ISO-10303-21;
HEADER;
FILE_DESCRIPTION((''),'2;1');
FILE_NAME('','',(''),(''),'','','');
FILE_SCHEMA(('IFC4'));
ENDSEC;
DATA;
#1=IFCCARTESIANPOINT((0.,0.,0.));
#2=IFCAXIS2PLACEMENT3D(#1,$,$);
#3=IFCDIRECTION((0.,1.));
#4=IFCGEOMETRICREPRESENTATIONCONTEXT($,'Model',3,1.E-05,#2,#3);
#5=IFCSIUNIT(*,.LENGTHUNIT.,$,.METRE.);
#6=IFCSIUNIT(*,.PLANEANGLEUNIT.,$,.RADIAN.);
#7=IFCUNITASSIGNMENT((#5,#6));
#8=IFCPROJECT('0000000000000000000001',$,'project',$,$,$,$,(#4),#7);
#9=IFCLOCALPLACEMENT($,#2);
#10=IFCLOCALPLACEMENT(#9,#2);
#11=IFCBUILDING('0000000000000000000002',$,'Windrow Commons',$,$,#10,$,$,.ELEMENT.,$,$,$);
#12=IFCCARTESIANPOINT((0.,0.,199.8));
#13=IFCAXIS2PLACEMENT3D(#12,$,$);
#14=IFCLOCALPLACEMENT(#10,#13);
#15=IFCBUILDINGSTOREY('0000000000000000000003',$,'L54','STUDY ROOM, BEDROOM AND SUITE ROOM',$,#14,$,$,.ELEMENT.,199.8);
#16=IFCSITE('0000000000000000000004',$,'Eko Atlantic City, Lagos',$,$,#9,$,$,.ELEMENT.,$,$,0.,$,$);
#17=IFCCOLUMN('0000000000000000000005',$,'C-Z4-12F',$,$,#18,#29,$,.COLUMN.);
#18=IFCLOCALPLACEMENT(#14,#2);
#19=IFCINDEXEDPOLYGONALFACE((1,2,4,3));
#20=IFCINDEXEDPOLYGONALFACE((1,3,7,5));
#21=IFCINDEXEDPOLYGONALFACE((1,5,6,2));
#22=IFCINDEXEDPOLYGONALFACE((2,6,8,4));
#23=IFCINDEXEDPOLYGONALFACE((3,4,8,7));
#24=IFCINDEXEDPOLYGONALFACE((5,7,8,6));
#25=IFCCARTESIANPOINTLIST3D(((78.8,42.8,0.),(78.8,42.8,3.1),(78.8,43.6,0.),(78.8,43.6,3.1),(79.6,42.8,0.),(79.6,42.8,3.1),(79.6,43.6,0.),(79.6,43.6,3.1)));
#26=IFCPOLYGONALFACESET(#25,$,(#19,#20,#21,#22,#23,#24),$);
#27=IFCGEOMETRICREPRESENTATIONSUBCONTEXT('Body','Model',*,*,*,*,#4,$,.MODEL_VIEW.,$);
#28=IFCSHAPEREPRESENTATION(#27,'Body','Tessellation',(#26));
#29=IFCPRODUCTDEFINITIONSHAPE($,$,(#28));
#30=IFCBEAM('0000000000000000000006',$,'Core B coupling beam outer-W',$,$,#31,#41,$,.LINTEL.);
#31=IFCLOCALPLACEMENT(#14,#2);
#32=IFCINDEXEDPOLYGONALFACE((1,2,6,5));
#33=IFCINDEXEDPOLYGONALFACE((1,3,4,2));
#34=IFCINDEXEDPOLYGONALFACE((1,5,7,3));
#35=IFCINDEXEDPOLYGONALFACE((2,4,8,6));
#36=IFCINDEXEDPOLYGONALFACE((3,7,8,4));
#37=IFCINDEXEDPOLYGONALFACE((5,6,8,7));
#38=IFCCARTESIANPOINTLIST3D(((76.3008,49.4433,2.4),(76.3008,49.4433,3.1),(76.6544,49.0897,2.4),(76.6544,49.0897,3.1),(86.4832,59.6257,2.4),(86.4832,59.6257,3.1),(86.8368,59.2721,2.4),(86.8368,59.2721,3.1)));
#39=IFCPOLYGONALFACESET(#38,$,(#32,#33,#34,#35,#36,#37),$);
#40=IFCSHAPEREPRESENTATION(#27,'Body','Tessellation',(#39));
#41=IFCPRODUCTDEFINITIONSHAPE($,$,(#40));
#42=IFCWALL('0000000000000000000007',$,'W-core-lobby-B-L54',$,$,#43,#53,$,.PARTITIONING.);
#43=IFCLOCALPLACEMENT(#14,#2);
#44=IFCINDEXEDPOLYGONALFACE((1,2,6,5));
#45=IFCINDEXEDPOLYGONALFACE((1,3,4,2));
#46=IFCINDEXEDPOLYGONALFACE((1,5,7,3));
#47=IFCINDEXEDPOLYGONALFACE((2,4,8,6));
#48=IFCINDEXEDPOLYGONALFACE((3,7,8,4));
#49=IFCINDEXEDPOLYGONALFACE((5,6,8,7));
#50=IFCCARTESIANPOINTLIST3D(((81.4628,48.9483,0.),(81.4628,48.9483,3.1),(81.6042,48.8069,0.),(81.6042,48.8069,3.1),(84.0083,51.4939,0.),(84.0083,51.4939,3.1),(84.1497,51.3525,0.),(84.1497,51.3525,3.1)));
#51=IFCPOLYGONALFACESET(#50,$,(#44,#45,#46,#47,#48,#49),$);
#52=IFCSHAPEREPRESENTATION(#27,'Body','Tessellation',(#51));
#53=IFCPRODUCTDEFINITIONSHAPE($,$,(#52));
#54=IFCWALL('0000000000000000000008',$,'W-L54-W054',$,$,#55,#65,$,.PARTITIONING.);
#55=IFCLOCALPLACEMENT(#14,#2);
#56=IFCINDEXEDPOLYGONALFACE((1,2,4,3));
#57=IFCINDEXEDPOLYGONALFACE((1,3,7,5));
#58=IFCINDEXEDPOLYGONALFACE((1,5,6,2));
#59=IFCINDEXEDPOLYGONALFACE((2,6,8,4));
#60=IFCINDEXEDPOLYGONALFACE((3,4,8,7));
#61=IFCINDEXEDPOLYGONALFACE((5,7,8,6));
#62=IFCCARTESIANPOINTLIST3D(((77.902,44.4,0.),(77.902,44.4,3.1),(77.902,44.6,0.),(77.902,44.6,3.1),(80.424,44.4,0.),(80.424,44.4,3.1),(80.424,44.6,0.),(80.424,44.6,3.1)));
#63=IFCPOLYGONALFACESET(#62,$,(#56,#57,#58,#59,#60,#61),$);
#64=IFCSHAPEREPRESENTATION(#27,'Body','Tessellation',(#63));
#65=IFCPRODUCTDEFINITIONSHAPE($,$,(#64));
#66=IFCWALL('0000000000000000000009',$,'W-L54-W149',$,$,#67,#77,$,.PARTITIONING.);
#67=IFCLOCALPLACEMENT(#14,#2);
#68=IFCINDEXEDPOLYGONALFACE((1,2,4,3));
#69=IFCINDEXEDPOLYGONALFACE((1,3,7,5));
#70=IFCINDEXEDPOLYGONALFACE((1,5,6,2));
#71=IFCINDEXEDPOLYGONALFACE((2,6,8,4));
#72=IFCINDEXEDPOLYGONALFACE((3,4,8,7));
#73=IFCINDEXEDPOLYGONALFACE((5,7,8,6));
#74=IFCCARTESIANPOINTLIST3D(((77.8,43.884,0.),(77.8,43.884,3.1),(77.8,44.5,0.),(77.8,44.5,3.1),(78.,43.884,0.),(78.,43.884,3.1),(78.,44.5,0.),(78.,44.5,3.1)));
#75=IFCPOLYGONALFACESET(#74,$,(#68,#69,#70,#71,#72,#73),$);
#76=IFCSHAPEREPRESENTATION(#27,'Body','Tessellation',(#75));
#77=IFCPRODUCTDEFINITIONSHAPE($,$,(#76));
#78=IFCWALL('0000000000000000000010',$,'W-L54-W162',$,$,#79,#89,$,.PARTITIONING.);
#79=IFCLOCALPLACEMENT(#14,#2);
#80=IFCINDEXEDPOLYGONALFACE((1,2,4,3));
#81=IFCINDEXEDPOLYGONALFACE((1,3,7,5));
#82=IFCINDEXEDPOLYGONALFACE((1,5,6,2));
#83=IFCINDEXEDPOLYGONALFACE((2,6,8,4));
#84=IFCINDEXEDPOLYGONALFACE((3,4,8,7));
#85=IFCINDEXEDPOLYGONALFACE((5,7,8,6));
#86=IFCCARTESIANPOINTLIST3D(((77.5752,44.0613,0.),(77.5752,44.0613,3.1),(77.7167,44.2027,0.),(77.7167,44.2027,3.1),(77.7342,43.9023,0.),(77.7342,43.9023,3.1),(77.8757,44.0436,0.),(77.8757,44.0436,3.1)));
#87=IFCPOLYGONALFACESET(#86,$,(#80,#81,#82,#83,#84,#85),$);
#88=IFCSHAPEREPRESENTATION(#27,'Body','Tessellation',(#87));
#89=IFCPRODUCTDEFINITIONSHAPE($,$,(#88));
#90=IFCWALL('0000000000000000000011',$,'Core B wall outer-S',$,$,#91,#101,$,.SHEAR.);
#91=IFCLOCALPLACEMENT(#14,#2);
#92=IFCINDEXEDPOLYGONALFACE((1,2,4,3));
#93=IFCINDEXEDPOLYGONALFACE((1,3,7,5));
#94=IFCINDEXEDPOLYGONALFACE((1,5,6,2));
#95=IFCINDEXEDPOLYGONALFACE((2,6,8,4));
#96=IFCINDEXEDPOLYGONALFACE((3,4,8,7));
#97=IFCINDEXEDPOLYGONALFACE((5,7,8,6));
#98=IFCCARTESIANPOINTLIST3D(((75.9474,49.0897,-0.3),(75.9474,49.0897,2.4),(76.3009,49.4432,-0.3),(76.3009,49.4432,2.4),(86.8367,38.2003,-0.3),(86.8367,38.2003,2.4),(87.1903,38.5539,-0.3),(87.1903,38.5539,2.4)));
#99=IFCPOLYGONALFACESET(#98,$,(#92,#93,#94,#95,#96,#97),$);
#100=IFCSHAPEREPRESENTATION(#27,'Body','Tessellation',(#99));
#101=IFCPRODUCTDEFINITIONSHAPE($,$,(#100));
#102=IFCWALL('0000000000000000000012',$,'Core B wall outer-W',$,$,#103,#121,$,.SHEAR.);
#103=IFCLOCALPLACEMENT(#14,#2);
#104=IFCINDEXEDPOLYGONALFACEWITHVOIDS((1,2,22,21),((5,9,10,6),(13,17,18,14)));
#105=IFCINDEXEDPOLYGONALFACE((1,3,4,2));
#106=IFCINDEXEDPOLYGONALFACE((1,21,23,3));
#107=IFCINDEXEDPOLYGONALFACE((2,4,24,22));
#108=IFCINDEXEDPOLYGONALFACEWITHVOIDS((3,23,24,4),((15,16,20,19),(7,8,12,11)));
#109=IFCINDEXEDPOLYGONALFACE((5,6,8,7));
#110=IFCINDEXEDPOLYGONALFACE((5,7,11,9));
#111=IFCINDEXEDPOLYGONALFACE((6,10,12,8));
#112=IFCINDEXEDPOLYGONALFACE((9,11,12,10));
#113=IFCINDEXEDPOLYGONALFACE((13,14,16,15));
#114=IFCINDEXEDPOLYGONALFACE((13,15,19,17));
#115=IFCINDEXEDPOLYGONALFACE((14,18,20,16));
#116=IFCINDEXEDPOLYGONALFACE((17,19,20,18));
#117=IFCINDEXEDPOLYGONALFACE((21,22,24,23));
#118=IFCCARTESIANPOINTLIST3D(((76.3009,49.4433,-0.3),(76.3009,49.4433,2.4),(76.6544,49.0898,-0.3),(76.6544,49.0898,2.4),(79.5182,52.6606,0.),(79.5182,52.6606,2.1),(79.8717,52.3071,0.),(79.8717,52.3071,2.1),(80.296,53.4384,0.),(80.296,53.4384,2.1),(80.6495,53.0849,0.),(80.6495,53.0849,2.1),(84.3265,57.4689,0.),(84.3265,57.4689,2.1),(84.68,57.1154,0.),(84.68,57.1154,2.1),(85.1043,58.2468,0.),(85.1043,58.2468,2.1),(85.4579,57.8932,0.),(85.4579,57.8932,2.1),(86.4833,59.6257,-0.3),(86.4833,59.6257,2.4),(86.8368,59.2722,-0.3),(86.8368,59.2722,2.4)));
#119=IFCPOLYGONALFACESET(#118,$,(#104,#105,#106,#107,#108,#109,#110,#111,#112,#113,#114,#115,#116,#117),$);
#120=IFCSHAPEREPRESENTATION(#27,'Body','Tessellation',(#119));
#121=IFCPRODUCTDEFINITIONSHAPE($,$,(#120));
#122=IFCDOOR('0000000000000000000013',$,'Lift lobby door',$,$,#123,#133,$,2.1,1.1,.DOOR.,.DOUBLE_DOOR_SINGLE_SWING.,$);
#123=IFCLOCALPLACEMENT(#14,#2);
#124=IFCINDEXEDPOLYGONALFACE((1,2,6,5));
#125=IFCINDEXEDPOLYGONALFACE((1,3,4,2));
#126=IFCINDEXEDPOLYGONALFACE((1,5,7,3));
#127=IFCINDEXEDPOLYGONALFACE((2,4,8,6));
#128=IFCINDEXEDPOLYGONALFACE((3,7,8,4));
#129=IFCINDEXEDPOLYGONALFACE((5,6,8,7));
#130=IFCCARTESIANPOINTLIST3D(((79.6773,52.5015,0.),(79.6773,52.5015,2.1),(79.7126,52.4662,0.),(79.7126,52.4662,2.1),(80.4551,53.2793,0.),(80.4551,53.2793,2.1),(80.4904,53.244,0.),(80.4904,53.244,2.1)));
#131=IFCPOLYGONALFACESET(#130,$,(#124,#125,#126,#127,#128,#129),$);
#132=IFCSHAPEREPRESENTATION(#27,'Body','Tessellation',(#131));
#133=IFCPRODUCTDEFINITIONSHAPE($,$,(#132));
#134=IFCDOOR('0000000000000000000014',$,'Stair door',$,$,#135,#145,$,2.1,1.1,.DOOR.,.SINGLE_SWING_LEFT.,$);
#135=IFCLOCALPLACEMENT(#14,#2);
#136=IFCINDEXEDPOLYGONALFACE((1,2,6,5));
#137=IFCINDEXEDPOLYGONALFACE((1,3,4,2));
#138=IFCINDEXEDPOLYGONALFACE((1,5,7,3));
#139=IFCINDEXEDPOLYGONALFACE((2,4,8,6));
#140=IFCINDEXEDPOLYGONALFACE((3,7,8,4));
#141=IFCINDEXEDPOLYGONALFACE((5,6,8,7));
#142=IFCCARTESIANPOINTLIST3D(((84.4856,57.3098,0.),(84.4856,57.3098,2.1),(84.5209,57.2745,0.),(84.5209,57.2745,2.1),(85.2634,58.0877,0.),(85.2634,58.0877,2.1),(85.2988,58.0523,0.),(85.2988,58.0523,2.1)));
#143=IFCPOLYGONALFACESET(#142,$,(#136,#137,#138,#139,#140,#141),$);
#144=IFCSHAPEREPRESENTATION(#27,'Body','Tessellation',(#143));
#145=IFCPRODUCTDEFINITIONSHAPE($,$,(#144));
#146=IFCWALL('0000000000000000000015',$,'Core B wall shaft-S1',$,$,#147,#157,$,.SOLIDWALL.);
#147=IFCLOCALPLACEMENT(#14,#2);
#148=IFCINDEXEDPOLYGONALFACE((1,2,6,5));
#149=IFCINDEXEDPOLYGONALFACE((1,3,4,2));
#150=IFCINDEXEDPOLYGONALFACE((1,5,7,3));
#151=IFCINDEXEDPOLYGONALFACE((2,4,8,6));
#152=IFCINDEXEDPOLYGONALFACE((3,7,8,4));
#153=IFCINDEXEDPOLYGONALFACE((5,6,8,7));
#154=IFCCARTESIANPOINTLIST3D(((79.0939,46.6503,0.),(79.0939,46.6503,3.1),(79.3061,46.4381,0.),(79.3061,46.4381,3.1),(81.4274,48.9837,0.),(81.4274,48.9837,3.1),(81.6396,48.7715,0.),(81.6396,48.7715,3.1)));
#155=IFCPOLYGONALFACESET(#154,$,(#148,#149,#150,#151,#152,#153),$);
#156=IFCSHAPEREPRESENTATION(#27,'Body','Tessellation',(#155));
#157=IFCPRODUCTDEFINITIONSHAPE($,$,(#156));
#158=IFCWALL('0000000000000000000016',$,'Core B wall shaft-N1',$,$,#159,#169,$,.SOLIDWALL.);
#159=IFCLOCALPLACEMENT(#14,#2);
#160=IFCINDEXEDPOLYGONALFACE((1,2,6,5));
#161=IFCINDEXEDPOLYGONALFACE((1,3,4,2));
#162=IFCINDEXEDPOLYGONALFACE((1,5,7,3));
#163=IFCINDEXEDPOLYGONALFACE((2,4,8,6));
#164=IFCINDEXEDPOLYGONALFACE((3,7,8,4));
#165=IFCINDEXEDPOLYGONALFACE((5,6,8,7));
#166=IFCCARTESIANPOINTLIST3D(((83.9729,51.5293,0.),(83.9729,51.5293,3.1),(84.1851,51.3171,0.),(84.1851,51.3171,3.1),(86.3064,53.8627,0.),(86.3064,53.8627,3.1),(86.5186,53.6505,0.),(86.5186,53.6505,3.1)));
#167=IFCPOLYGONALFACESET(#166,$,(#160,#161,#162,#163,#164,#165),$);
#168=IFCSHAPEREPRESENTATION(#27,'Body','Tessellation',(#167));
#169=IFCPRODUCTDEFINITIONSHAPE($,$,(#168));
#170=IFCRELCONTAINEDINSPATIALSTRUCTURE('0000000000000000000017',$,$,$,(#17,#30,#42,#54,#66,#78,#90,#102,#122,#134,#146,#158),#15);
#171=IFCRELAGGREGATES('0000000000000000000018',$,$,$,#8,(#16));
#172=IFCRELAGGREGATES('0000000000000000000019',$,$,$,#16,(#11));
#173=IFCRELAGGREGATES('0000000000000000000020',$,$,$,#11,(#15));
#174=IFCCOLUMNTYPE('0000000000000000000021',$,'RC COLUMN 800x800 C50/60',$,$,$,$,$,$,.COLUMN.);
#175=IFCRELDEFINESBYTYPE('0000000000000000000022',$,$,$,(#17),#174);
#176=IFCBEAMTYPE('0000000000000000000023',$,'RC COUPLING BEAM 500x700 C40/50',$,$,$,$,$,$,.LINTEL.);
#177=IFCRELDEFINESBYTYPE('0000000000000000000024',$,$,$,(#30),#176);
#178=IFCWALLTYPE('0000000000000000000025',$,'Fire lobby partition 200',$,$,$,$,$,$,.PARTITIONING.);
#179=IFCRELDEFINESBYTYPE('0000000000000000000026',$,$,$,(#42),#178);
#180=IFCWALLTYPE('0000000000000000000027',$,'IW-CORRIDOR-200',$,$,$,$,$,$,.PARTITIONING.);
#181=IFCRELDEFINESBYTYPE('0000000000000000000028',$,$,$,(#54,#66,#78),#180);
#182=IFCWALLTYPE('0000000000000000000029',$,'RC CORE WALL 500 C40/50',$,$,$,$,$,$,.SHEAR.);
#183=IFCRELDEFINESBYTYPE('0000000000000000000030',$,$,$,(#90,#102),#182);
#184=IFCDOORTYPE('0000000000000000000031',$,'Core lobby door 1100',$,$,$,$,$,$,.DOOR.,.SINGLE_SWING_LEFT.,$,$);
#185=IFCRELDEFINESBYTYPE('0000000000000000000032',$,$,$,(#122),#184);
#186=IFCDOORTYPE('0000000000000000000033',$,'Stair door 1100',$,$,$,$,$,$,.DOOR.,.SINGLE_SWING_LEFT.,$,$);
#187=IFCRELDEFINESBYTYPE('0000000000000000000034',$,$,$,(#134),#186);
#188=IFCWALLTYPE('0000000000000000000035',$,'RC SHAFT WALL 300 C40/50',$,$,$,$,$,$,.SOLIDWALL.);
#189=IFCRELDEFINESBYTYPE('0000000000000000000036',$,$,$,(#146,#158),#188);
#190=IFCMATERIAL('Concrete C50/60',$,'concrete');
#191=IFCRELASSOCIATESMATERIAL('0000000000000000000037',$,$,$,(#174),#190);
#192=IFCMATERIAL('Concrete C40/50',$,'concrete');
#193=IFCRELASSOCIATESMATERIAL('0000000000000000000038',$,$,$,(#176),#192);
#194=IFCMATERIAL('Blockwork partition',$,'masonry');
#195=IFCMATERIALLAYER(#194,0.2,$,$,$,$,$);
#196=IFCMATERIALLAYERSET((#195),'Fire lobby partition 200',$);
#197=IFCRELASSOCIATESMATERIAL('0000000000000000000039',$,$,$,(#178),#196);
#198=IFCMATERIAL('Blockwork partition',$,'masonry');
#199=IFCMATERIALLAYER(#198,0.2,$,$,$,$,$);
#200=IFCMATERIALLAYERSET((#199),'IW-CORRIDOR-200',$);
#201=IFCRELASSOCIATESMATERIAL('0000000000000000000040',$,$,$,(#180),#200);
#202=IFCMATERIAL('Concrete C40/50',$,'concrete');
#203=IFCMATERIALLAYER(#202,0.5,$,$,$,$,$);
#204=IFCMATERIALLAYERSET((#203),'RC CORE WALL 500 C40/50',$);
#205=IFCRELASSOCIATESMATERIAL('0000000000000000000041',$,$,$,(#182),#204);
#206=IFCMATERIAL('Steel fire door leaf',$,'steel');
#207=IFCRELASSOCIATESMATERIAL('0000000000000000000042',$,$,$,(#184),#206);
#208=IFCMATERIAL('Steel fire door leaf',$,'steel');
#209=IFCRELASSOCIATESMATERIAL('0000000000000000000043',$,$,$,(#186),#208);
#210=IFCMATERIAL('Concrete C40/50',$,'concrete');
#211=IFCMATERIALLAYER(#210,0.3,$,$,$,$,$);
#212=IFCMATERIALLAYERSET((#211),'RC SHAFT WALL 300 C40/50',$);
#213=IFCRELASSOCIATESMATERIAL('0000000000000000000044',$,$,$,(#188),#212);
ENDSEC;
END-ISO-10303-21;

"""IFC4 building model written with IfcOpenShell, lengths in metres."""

from ifc_helpers import new_model, si_unit, direction, frame, frame_2d, origin, origin_2d, place, context, subcontext, project, spatial, rectangle, extrude, material, layer, layer_set, material_profile, profile_set, type_object, element, fill, save


model = new_model("IFC4")

# Units and contexts
model_context = context("Model", 3, precision=1e-05, world=origin(), true_north=direction((0.0, 1.0)))
body_context = subcontext(model_context, "Body", "Model", "MODEL_VIEW")
ifc_project = project(units=[si_unit("LENGTHUNIT", "METRE"), si_unit("PLANEANGLEUNIT", "RADIAN")], contexts=[model_context])

# Site, building, storey
site_placement = place(None, origin())
site = spatial("IfcSite", under=ifc_project, at=site_placement, Name="Eko Atlantic City, Lagos", CompositionType="ELEMENT", RefElevation=0.0)
building_placement = place(site_placement, origin())
building = spatial("IfcBuilding", under=site, at=building_placement, Name="Windrow Commons", CompositionType="ELEMENT")
storey_placement = place(building_placement, frame((0.0, 0.0, 199.8)))
storey = spatial("IfcBuildingStorey", under=building, at=storey_placement, Name="L54", Description="STUDY ROOM, BEDROOM AND SUITE ROOM", CompositionType="ELEMENT", Elevation=199.8)

# Column
ifc_material_1 = material(Name="Concrete C50/60", Category="concrete")
ifc_material_profile_1 = material_profile(ifc_material_1, rectangle(XDim=0.8, YDim=0.8, at=origin_2d()))
ifc_profile_set_1 = profile_set([ifc_material_profile_1], Name="Concrete C50/60")
column_type = type_object("IfcColumnType", Name="RC COLUMN 800x800 C50/60", PredefinedType="COLUMN", material=ifc_profile_set_1)
column_placement = place(storey_placement, frame((79.2, 43.2, 0.0), z_axis=(0.0, 0.0, 1.0), x_axis=(1.0, 0.0, 0.0)))
element("IfcColumn", 1, at=column_placement, inside=storey, type_object=column_type, Name="C-Z4-12F", PredefinedType="COLUMN", context=body_context, shape_type="SweptSolid", body=[
    extrude(rectangle(XDim=0.8, YDim=0.8, at=origin_2d()), origin(), (0.0, 0.0, 1.0), 3.1),
])

# Beam
ifc_material_2 = material(Name="Concrete C40/50", Category="concrete")
ifc_material_profile_2 = material_profile(ifc_material_2, rectangle(XDim=0.5, YDim=0.7, at=origin_2d()))
ifc_profile_set_2 = profile_set([ifc_material_profile_2], Name="Concrete C40/50")
beam_type = type_object("IfcBeamType", Name="RC COUPLING BEAM 500x700 C40/50", PredefinedType="LINTEL", material=ifc_profile_set_2)
beam_placement = place(storey_placement, frame((76.4776, 49.2665, 2.75), z_axis=(0.707107, 0.707107, 0.0), x_axis=(-0.707107, 0.707107, 0.0)))
element("IfcBeam", 2, at=beam_placement, inside=storey, type_object=beam_type, Name="Core B coupling beam outer-W", PredefinedType="LINTEL", context=body_context, shape_type="SweptSolid", body=[
    extrude(rectangle(XDim=0.5, YDim=0.7, at=origin_2d()), origin(), (0.0, 0.0, 1.0), 14.4001),
])

# Walls
ifc_material_3 = material(Name="Blockwork partition", Category="masonry")
ifc_layer_1 = layer(ifc_material_3, 0.2)
ifc_layer_set_1 = layer_set([ifc_layer_1], Name="Fire lobby partition 200")
wall_type_1 = type_object("IfcWallType", Name="Fire lobby partition 200", PredefinedType="PARTITIONING", material=ifc_layer_set_1)
wall_1_placement = place(storey_placement, frame((81.5335, 48.8776, 0.0), z_axis=(0.0, 0.0, 1.0), x_axis=(0.707093, 0.707121, 0.0)))
element("IfcWall", 3, at=wall_1_placement, inside=storey, type_object=wall_type_1, Name="W-core-lobby-B-L54", PredefinedType="PARTITIONING", context=body_context, shape_type="SweptSolid", body=[
    extrude(rectangle(XDim=3.6, YDim=0.2, at=frame_2d((1.8, 0.0))), origin(), (0.0, 0.0, 1.0), 3.1),
])
ifc_material_4 = material(Name="Blockwork partition", Category="masonry")
ifc_layer_2 = layer(ifc_material_4, 0.2)
ifc_layer_set_2 = layer_set([ifc_layer_2], Name="IW-CORRIDOR-200")
wall_type_2 = type_object("IfcWallType", Name="IW-CORRIDOR-200", PredefinedType="PARTITIONING", material=ifc_layer_set_2)
wall_2_placement = place(storey_placement, frame((77.902, 44.5, 0.0), z_axis=(0.0, 0.0, 1.0), x_axis=(1.0, 0.0, 0.0)))
element("IfcWall", 4, at=wall_2_placement, inside=storey, type_object=wall_type_2, Name="W-L54-W054", PredefinedType="PARTITIONING", context=body_context, shape_type="SweptSolid", body=[
    extrude(rectangle(XDim=2.522, YDim=0.2, at=frame_2d((1.261, 0.0))), origin(), (0.0, 0.0, 1.0), 3.1),
])
wall_3_placement = place(storey_placement, frame((77.9, 43.884, 0.0), z_axis=(0.0, 0.0, 1.0), x_axis=(0.0, 1.0, 0.0)))
element("IfcWall", 5, at=wall_3_placement, inside=storey, type_object=wall_type_2, Name="W-L54-W149", PredefinedType="PARTITIONING", context=body_context, shape_type="SweptSolid", body=[
    extrude(rectangle(XDim=0.616, YDim=0.2, at=frame_2d((0.308, 0.0))), origin(), (0.0, 0.0, 1.0), 3.1),
])
wall_4_placement = place(storey_placement, frame((77.646, 44.132, 0.0), z_axis=(0.0, 0.0, 1.0), x_axis=(0.706884, -0.707329, 0.0)))
element("IfcWall", 6, at=wall_4_placement, inside=storey, type_object=wall_type_2, Name="W-L54-W162", PredefinedType="PARTITIONING", context=body_context, shape_type="SweptSolid", body=[
    extrude(rectangle(XDim=0.2249, YDim=0.2, at=frame_2d((0.1124, 0.0))), origin(), (0.0, 0.0, 1.0), 3.1),
])
ifc_material_5 = material(Name="Concrete C40/50", Category="concrete")
ifc_layer_3 = layer(ifc_material_5, 0.5)
ifc_layer_set_3 = layer_set([ifc_layer_3], Name="RC CORE WALL 500 C40/50")
wall_type_3 = type_object("IfcWallType", Name="RC CORE WALL 500 C40/50", PredefinedType="SHEAR", material=ifc_layer_set_3)
wall_5_placement = place(storey_placement, frame((76.1241, 49.2665, -0.3), z_axis=(0.0, 0.0, 1.0), x_axis=(0.707107, -0.707107, 0.0)))
element("IfcWall", 7, at=wall_5_placement, inside=storey, type_object=wall_type_3, Name="Core B wall outer-S", PredefinedType="SHEAR", context=body_context, shape_type="SweptSolid", body=[
    extrude(rectangle(XDim=15.3999, YDim=0.5, at=frame_2d((7.7, 0.0))), origin(), (0.0, 0.0, 1.0), 2.7),
])

# Wall, openings, doors
wall_6_placement = place(storey_placement, frame((76.4776, 49.2665, -0.3), z_axis=(0.0, 0.0, 1.0), x_axis=(0.707107, 0.707107, 0.0)))
wall_6 = element("IfcWall", 8, at=wall_6_placement, inside=storey, type_object=wall_type_3, Name="Core B wall outer-W", PredefinedType="SHEAR", context=body_context, shape_type="SweptSolid", body=[
    extrude(rectangle(XDim=14.4001, YDim=0.5, at=frame_2d((7.2001, 0.0))), origin(), (0.0, 0.0, 1.0), 2.7),
])
opening_1_placement = place(wall_6_placement, frame((4.55, 0.0, 0.3)))
opening_1 = element("IfcOpeningElement", 9, at=opening_1_placement, cuts=wall_6, PredefinedType="OPENING", context=body_context, shape_type="SweptSolid", body=[
    extrude(rectangle(XDim=1.1, YDim=2.1, at=frame_2d((0.55, 1.05))), frame((0.0, 0.26, 0.0), z_axis=(0.0, -1.0, 0.0), x_axis=(1.0, 0.0, 0.0)), (0.0, 0.0, 1.0), 0.52),
])
opening_2_placement = place(wall_6_placement, frame((11.35, 0.0, 0.3)))
opening_2 = element("IfcOpeningElement", 10, at=opening_2_placement, cuts=wall_6, PredefinedType="OPENING", context=body_context, shape_type="SweptSolid", body=[
    extrude(rectangle(XDim=1.1, YDim=2.1, at=frame_2d((0.55, 1.05))), frame((0.0, 0.26, 0.0), z_axis=(0.0, -1.0, 0.0), x_axis=(1.0, 0.0, 0.0)), (0.0, 0.0, 1.0), 0.52),
])
ifc_material_6 = material(Name="Steel fire door leaf", Category="steel")
door_type_1 = type_object("IfcDoorType", Name="Core lobby door 1100", OperationType="SINGLE_SWING_LEFT", PredefinedType="DOOR", material=ifc_material_6)
door_1_placement = place(opening_1_placement, origin())
door_1 = element("IfcDoor", 11, at=door_1_placement, inside=storey, type_object=door_type_1, Name="Lift lobby door", OperationType="DOUBLE_DOOR_SINGLE_SWING", OverallHeight=2.1, OverallWidth=1.1, PredefinedType="DOOR", context=body_context, shape_type="SweptSolid", body=[
    extrude(rectangle(XDim=1.1, YDim=2.1, at=frame_2d((0.55, 1.05))), frame((0.0, 0.025, 0.0), z_axis=(0.0, -1.0, 0.0), x_axis=(1.0, 0.0, 0.0)), (0.0, 0.0, 1.0), 0.05),
])
fill(opening_1, door_1)
ifc_material_7 = material(Name="Steel fire door leaf", Category="steel")
door_type_2 = type_object("IfcDoorType", Name="Stair door 1100", OperationType="SINGLE_SWING_LEFT", PredefinedType="DOOR", material=ifc_material_7)
door_2_placement = place(opening_2_placement, origin())
door_2 = element("IfcDoor", 12, at=door_2_placement, inside=storey, type_object=door_type_2, Name="Stair door", OperationType="SINGLE_SWING_LEFT", OverallHeight=2.1, OverallWidth=1.1, PredefinedType="DOOR", context=body_context, shape_type="SweptSolid", body=[
    extrude(rectangle(XDim=1.1, YDim=2.1, at=frame_2d((0.55, 1.05))), frame((0.0, 0.025, 0.0), z_axis=(0.0, -1.0, 0.0), x_axis=(1.0, 0.0, 0.0)), (0.0, 0.0, 1.0), 0.05),
])
fill(opening_2, door_2)

# Walls
ifc_material_8 = material(Name="Concrete C40/50", Category="concrete")
ifc_layer_4 = layer(ifc_material_8, 0.3)
ifc_layer_set_4 = layer_set([ifc_layer_4], Name="RC SHAFT WALL 300 C40/50")
wall_type_4 = type_object("IfcWallType", Name="RC SHAFT WALL 300 C40/50", PredefinedType="SOLIDWALL", material=ifc_layer_set_4)
for number, where, z_axis, x_axis, name in (
    (13, (79.2, 46.5442, 0.0), (0.0, 0.0, 1.0), (0.707122, 0.707092, 0.0), "Core B wall shaft-S1"),
    (14, (84.079, 51.4232, 0.0), (0.0, 0.0, 1.0), (0.707122, 0.707092, 0.0), "Core B wall shaft-N1"),
):
    element("IfcWall", number, at=place(storey_placement, frame(where, z_axis=z_axis, x_axis=x_axis)), inside=storey, type_object=wall_type_4, Name=name, PredefinedType="SOLIDWALL", context=body_context, shape_type="SweptSolid", body=[
        extrude(rectangle(XDim=3.3, YDim=0.3, at=frame_2d((1.65, 0.0))), origin(), (0.0, 0.0, 1.0), 3.1),
    ])

save(model, "model.ifc")
